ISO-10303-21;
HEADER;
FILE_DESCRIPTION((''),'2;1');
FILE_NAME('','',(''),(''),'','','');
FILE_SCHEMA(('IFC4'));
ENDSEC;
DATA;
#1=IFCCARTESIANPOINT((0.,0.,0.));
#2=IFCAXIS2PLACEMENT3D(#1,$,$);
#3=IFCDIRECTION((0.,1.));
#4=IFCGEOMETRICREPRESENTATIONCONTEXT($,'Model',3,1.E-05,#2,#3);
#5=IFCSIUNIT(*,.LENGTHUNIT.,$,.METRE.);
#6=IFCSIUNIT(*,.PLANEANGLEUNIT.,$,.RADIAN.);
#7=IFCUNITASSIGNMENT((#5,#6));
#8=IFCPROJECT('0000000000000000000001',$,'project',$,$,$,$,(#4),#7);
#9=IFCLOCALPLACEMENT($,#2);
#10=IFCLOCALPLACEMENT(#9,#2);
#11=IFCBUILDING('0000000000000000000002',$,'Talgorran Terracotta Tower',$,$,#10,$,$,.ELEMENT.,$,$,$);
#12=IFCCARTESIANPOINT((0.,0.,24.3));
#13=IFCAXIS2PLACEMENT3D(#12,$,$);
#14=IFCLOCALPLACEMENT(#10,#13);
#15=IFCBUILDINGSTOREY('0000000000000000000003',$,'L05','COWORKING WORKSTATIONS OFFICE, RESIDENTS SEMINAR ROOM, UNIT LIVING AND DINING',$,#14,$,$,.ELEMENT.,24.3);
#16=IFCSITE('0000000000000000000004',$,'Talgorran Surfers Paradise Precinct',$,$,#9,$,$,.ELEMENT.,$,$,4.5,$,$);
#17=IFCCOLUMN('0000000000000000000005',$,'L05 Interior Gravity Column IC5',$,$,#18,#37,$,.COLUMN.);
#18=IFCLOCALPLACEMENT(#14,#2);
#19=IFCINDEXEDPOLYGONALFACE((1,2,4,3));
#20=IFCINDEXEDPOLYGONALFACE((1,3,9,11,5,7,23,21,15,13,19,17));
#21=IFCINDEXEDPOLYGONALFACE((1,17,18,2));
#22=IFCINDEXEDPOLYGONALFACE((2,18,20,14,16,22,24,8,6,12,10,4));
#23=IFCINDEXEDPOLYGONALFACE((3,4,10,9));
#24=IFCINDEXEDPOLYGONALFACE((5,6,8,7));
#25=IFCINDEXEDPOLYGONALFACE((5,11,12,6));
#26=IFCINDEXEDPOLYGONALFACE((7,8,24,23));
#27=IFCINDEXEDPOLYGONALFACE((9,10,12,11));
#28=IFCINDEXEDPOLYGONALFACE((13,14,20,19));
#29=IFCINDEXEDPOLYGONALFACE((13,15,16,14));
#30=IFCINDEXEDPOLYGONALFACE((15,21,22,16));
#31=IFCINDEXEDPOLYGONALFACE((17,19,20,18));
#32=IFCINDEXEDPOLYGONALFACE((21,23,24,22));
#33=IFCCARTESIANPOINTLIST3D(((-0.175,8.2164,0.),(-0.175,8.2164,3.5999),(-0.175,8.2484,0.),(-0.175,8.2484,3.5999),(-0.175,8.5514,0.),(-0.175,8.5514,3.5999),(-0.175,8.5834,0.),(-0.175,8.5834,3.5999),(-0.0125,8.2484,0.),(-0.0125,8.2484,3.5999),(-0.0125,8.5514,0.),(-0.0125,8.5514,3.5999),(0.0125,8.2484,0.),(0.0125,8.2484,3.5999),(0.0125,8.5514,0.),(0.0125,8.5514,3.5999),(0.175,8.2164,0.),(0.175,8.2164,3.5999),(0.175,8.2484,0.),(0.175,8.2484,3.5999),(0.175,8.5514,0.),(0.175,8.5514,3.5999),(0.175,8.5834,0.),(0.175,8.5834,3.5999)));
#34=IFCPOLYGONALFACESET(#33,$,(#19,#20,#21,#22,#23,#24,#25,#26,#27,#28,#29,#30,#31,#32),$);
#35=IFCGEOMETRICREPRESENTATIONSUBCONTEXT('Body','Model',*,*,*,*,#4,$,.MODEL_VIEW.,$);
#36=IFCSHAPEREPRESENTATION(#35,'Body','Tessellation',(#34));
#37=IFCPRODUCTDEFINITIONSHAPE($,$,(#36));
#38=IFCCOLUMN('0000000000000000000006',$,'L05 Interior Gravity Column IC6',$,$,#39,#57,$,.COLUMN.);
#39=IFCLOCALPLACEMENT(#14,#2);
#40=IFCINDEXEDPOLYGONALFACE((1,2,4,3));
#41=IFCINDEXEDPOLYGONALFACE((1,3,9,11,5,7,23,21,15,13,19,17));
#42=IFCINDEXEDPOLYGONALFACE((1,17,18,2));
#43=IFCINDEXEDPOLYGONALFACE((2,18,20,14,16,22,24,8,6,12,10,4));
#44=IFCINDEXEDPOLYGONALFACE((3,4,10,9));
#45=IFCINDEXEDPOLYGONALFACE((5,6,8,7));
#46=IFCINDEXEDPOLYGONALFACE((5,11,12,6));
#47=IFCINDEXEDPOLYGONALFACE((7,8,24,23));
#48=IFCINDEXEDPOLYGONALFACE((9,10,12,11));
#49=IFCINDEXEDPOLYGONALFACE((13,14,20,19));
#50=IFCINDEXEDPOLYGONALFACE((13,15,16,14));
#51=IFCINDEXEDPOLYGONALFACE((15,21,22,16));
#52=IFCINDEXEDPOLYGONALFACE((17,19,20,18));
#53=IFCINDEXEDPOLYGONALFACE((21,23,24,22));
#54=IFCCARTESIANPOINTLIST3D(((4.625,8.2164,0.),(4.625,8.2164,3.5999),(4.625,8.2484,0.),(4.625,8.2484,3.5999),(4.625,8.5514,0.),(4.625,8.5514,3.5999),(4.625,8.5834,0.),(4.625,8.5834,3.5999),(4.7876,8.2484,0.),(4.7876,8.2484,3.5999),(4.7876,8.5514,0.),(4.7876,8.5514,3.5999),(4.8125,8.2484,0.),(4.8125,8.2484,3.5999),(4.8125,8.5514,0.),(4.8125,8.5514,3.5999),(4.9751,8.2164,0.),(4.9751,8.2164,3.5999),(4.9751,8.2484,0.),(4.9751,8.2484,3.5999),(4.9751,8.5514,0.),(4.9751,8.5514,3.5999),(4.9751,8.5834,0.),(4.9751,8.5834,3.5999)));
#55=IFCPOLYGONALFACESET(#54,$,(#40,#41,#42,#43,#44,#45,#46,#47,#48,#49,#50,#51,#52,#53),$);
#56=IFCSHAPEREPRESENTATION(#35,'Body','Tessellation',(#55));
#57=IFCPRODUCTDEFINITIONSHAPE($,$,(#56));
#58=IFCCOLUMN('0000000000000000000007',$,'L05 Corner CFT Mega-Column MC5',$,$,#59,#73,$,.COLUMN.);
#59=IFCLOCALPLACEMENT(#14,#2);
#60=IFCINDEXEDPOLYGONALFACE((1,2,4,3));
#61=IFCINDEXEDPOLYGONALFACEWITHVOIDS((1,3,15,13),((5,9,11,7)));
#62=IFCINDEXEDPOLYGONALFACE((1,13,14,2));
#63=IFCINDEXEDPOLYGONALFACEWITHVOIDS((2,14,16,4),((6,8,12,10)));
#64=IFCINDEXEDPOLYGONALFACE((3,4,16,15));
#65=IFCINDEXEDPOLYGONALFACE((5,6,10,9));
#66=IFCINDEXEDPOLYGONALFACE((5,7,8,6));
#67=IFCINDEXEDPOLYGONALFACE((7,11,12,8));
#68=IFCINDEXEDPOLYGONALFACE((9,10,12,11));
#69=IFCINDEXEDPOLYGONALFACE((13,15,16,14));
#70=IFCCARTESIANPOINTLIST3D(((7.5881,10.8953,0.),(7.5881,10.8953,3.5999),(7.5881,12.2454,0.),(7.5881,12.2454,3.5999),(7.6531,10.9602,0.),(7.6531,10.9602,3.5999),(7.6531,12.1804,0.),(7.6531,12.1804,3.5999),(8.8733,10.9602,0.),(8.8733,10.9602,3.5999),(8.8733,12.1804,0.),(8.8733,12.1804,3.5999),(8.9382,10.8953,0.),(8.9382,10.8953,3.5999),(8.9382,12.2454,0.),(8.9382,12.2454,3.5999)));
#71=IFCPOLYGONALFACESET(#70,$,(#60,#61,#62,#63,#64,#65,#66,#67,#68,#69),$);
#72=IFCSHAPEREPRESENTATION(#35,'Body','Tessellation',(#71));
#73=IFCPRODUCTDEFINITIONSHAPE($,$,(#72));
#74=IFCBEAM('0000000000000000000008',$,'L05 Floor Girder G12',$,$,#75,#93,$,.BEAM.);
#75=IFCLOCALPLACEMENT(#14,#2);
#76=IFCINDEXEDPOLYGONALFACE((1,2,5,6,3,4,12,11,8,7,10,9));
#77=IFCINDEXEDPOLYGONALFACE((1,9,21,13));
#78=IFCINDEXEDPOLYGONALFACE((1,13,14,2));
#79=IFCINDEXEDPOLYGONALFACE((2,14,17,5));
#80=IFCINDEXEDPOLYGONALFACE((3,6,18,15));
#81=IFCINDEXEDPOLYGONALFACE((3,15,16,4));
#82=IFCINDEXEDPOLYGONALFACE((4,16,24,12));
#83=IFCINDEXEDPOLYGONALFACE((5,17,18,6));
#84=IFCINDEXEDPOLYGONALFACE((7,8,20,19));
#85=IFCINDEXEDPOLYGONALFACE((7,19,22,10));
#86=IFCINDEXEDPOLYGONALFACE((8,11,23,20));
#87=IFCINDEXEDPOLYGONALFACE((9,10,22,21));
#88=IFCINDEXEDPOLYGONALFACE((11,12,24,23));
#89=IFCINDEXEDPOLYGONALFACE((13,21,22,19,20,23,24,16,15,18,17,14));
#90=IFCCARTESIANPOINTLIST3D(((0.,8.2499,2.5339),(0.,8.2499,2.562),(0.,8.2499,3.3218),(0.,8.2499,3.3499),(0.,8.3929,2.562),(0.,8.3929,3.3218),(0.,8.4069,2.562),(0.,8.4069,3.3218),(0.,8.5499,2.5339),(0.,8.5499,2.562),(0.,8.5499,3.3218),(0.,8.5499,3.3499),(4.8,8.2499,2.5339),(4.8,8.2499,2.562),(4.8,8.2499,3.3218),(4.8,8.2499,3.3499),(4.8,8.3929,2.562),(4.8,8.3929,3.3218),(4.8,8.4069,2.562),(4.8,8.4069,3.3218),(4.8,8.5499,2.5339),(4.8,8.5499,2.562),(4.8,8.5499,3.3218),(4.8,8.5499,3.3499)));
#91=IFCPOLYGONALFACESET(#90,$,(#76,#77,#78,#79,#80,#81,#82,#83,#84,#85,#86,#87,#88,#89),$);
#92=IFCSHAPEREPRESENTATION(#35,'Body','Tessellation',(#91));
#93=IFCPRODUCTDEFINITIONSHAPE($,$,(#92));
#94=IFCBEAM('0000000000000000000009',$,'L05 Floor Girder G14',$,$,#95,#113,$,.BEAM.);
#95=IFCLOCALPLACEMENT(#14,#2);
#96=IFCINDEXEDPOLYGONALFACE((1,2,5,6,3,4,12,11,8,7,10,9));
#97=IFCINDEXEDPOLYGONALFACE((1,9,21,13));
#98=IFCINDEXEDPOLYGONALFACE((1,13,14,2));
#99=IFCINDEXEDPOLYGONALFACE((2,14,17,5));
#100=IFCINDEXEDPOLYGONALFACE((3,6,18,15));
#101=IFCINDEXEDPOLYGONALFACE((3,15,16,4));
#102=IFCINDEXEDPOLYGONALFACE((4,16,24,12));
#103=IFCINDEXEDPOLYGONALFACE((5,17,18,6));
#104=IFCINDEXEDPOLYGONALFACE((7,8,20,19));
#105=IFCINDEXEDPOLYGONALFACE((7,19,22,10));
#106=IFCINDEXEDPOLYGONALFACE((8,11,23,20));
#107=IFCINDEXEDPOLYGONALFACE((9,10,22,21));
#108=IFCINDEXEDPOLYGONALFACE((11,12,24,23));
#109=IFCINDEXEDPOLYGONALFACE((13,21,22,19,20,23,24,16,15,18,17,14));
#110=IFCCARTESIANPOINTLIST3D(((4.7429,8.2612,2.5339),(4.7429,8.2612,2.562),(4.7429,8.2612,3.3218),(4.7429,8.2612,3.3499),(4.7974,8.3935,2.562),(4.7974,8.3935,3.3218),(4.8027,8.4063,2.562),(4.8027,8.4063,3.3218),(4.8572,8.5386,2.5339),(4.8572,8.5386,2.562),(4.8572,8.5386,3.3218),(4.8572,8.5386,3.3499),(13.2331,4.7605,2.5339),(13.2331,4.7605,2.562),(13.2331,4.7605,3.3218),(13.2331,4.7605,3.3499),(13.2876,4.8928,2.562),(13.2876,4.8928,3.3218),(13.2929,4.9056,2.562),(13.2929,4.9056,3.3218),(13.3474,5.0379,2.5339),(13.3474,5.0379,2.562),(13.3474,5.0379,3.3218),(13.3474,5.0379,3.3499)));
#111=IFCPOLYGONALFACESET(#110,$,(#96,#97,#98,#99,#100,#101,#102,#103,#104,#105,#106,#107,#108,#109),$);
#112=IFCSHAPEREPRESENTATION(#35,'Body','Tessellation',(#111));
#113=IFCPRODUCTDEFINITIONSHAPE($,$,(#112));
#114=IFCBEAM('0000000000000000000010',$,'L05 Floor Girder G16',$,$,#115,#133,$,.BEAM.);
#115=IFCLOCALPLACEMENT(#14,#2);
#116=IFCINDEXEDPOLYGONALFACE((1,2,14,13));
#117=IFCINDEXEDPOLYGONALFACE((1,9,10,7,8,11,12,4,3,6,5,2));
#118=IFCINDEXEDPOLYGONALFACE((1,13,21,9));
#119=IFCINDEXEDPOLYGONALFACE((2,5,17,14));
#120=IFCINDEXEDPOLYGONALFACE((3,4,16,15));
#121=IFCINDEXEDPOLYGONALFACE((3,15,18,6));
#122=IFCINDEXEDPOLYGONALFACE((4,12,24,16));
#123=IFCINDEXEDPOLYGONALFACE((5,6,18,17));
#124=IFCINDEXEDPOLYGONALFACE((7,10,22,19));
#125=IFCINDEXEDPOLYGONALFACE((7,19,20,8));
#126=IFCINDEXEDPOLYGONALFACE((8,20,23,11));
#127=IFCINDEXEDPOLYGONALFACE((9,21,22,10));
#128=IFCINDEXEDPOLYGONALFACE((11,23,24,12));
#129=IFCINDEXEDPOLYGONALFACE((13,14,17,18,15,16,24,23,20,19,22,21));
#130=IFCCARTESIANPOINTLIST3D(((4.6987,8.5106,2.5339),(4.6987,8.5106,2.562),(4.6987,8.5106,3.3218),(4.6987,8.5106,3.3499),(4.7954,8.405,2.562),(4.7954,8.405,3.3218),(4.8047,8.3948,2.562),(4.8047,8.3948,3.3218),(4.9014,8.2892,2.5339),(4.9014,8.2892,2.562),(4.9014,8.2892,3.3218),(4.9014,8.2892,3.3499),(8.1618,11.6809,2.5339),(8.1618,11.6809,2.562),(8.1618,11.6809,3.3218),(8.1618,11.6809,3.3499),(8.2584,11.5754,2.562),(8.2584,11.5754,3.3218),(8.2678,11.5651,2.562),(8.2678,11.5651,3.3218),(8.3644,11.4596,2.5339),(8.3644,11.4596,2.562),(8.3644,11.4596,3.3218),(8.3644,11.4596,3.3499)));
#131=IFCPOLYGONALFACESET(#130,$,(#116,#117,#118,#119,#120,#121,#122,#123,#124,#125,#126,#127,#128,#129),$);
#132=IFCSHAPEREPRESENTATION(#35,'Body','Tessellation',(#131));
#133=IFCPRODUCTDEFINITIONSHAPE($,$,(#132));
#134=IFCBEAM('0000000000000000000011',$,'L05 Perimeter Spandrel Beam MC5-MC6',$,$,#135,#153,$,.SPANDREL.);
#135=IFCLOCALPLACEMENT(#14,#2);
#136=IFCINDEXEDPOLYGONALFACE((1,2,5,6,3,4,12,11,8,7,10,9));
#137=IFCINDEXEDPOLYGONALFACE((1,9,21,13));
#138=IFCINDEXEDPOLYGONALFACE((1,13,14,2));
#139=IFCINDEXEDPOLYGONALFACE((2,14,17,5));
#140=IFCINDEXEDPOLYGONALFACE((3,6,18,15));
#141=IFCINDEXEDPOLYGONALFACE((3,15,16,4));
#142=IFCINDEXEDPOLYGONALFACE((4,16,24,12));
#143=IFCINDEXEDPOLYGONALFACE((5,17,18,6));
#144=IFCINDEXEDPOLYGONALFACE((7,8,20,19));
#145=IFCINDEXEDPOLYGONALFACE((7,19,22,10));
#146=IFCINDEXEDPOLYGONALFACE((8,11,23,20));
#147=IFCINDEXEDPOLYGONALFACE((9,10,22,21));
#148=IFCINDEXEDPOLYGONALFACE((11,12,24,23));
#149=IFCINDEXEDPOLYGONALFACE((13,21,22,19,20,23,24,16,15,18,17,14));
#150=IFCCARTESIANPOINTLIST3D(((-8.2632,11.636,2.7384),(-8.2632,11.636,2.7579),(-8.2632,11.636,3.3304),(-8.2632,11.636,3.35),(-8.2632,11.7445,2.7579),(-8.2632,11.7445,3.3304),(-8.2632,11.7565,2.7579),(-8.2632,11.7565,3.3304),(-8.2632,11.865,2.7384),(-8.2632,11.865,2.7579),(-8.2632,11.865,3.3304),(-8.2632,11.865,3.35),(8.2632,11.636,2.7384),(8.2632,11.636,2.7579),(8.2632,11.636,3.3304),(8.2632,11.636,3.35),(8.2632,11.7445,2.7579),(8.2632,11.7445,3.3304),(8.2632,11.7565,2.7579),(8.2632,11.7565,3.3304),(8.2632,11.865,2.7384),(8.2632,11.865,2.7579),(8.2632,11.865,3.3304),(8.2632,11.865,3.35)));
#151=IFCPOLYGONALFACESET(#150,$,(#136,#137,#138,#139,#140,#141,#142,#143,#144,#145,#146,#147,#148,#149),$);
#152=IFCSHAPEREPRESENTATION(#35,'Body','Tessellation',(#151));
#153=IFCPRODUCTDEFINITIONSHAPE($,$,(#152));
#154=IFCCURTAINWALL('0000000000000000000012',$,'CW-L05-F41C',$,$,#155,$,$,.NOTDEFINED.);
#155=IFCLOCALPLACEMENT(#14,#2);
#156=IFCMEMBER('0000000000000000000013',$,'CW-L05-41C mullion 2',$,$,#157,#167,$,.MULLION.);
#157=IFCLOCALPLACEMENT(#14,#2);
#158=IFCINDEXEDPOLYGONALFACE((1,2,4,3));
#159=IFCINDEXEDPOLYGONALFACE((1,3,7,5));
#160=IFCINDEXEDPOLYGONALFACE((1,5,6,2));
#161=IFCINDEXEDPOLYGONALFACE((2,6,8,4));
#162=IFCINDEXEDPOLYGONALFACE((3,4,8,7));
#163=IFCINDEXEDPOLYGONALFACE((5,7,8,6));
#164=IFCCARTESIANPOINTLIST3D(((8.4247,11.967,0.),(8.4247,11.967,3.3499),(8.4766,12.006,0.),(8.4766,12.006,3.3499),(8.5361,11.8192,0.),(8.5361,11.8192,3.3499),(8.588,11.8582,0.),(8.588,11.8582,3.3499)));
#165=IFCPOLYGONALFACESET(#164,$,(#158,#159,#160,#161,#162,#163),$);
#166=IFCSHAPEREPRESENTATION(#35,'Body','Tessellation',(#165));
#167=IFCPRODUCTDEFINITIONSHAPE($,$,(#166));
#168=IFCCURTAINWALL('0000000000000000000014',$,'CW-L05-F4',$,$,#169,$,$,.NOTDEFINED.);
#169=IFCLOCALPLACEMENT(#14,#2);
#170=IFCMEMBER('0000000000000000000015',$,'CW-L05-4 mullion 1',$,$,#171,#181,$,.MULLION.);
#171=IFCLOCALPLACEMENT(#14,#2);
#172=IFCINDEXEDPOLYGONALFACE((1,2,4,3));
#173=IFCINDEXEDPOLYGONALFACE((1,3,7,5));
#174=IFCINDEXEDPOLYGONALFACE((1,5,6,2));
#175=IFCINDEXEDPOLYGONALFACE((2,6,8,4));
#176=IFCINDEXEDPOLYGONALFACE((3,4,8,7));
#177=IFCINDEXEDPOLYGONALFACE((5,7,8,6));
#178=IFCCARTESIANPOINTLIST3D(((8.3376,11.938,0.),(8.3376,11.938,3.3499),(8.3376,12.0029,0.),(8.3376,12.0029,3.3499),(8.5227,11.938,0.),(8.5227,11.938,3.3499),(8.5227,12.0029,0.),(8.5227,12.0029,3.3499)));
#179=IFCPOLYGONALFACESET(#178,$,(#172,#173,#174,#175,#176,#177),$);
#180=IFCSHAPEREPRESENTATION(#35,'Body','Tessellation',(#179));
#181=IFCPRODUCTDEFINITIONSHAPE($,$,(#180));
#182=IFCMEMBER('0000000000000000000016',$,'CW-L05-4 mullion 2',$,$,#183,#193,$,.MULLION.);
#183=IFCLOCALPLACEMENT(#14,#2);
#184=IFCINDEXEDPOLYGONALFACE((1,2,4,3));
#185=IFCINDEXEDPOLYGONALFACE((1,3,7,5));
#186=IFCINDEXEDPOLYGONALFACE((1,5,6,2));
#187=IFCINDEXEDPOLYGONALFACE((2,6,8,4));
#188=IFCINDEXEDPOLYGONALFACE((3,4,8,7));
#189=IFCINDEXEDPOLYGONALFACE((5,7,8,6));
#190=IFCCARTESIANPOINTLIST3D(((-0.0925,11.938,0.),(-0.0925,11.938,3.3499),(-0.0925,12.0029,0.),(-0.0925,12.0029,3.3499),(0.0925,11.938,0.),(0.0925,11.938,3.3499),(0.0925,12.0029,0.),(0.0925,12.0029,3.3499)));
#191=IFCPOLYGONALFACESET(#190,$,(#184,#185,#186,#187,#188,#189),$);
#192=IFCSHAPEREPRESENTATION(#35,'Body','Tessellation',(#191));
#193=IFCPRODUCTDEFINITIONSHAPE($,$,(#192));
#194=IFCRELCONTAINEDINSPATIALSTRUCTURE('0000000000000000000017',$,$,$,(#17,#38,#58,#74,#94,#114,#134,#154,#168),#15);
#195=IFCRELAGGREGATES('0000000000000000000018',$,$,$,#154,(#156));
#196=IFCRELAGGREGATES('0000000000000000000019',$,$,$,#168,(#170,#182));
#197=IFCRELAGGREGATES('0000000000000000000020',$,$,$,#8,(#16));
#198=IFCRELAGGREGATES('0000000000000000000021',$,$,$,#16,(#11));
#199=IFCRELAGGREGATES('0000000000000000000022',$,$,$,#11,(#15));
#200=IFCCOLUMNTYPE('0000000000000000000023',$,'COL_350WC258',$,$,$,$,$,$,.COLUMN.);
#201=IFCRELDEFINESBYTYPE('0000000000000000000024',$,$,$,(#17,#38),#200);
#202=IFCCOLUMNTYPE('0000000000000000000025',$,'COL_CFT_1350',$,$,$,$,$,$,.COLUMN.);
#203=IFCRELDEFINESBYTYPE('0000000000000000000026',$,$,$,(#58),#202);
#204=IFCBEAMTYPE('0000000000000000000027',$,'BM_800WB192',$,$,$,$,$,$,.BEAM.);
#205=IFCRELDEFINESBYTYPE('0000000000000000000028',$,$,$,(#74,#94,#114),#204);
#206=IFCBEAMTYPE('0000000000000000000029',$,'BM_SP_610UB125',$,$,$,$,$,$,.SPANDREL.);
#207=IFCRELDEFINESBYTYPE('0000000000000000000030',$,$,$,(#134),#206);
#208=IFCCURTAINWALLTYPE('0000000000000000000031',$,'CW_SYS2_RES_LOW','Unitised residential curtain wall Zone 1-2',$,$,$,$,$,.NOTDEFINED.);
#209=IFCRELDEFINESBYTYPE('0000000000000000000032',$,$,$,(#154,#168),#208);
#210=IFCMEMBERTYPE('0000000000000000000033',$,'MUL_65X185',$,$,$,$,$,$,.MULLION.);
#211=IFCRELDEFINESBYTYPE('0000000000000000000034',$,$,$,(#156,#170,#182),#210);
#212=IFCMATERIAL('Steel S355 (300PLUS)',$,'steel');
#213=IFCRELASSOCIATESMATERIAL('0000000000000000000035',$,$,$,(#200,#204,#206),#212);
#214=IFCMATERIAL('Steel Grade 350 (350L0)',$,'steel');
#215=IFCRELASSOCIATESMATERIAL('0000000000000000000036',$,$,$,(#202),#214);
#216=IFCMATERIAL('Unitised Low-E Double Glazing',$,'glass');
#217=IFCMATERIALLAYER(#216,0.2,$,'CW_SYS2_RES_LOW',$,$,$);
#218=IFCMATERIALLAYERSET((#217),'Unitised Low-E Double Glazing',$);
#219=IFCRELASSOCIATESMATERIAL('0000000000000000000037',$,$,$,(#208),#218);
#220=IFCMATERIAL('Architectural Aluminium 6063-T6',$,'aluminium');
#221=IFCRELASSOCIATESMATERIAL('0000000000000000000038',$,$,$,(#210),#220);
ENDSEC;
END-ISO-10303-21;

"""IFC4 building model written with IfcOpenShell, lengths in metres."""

from ifc_helpers import new_model, si_unit, direction, frame, origin, origin_2d, place, context, subcontext, project, spatial, rectangle, hollow_rectangle, i_section, extrude, material, layer, layer_set, material_profile, profile_set, type_object, element, aggregate, save


model = new_model("IFC4")

# Units and contexts
model_context = context("Model", 3, precision=1e-05, world=origin(), true_north=direction((0.0, 1.0)))
body_context = subcontext(model_context, "Body", "Model", "MODEL_VIEW")
ifc_project = project(units=[si_unit("LENGTHUNIT", "METRE"), si_unit("PLANEANGLEUNIT", "RADIAN")], contexts=[model_context])

# Site, building, storey
site_placement = place(None, origin())
site = spatial("IfcSite", under=ifc_project, at=site_placement, Name="Talgorran Surfers Paradise Precinct", CompositionType="ELEMENT", RefElevation=4.5)
building_placement = place(site_placement, origin())
building = spatial("IfcBuilding", under=site, at=building_placement, Name="Talgorran Terracotta Tower", CompositionType="ELEMENT")
storey_placement = place(building_placement, frame((0.0, 0.0, 24.3)))
storey = spatial("IfcBuildingStorey", under=building, at=storey_placement, Name="L05", Description="COWORKING WORKSTATIONS OFFICE, RESIDENTS SEMINAR ROOM, UNIT LIVING AND DINING", CompositionType="ELEMENT", Elevation=24.3)

# Columns
ifc_material_1 = material(Name="Steel S355 (300PLUS)", Category="steel")
ifc_material_profile_1 = material_profile(ifc_material_1, i_section(OverallWidth=0.3501, OverallDepth=0.3669, WebThickness=0.0249, FlangeThickness=0.032, at=origin_2d()), Name="350WC258")
ifc_profile_set_1 = profile_set([ifc_material_profile_1], Name="Steel S355 (300PLUS)")
column_type_1 = type_object("IfcColumnType", Name="COL_350WC258", PredefinedType="COLUMN", material=ifc_profile_set_1)
for number, where, z_axis, x_axis, name in (
    (1, (0.0, 8.3999, 0.0), (0.0, 0.0, 1.0), (1.0, 0.0, 0.0), "L05 Interior Gravity Column IC5"),
    (2, (4.8, 8.3999, 0.0), (0.0, 0.0, 1.0), (1.0, 0.0, 0.0), "L05 Interior Gravity Column IC6"),
):
    element("IfcColumn", number, at=place(storey_placement, frame(where, z_axis=z_axis, x_axis=x_axis)), inside=storey, type_object=column_type_1, Name=name, PredefinedType="COLUMN", context=body_context, shape_type="SweptSolid", body=[
        extrude(i_section(OverallWidth=0.3501, OverallDepth=0.3669, WebThickness=0.0249, FlangeThickness=0.032, at=origin_2d()), origin(), (0.0, 0.0, 1.0), 3.5999),
    ])
ifc_material_2 = material(Name="Steel Grade 350 (350L0)", Category="steel")
ifc_material_profile_2 = material_profile(ifc_material_2, hollow_rectangle(XDim=1.3501, YDim=1.3501, WallThickness=0.0649, at=origin_2d()), Name="CFT1350X1350X65")
ifc_profile_set_2 = profile_set([ifc_material_profile_2], Name="Steel Grade 350 (350L0)")
column_type_2 = type_object("IfcColumnType", Name="COL_CFT_1350", PredefinedType="COLUMN", material=ifc_profile_set_2)
column_placement = place(storey_placement, frame((8.2632, 11.5703, 0.0), z_axis=(0.0, 0.0, 1.0), x_axis=(1.0, 0.0, 0.0)))
element("IfcColumn", 3, at=column_placement, inside=storey, type_object=column_type_2, Name="L05 Corner CFT Mega-Column MC5", PredefinedType="COLUMN", context=body_context, shape_type="SweptSolid", body=[
    extrude(hollow_rectangle(XDim=1.3501, YDim=1.3501, WallThickness=0.0649, at=origin_2d()), origin(), (0.0, 0.0, 1.0), 3.5999),
])

# Beams
ifc_material_profile_3 = material_profile(ifc_material_1, i_section(OverallWidth=0.3, OverallDepth=0.8159, WebThickness=0.0139, FlangeThickness=0.0281, at=origin_2d()), Name="800WB192")
ifc_profile_set_3 = profile_set([ifc_material_profile_3], Name="Steel S355 (300PLUS)")
beam_type_1 = type_object("IfcBeamType", Name="BM_800WB192", PredefinedType="BEAM", material=ifc_profile_set_3)
beam_1_placement = place(storey_placement, frame((0.0, 8.3999, 2.9419), z_axis=(1.0, 0.0, 0.0), x_axis=(0.0, 1.0, 0.0)))
element("IfcBeam", 4, at=beam_1_placement, inside=storey, type_object=beam_type_1, Name="L05 Floor Girder G12", PredefinedType="BEAM", context=body_context, shape_type="SweptSolid", body=[
    extrude(i_section(OverallWidth=0.3, OverallDepth=0.8159, WebThickness=0.0139, FlangeThickness=0.0281, at=origin_2d()), origin(), (0.0, 0.0, 1.0), 4.8),
])
beam_2_placement = place(storey_placement, frame((4.8, 8.3999, 2.9419), z_axis=(0.924496, -0.381192, 0.0), x_axis=(0.381192, 0.924496, 0.0)))
element("IfcBeam", 5, at=beam_2_placement, inside=storey, type_object=beam_type_1, Name="L05 Floor Girder G14", PredefinedType="BEAM", context=body_context, shape_type="SweptSolid", body=[
    extrude(i_section(OverallWidth=0.3, OverallDepth=0.8159, WebThickness=0.0139, FlangeThickness=0.0281, at=origin_2d()), origin(), (0.0, 0.0, 1.0), 9.1836),
])
beam_3_placement = place(storey_placement, frame((4.8, 8.3999, 2.9419), z_axis=(0.737592, 0.675246, 0.0), x_axis=(-0.675246, 0.737592, 0.0)))
element("IfcBeam", 6, at=beam_3_placement, inside=storey, type_object=beam_type_1, Name="L05 Floor Girder G16", PredefinedType="BEAM", context=body_context, shape_type="SweptSolid", body=[
    extrude(i_section(OverallWidth=0.3, OverallDepth=0.8159, WebThickness=0.0139, FlangeThickness=0.0281, at=origin_2d()), origin(), (0.0, 0.0, 1.0), 4.6951),
])
ifc_material_profile_4 = material_profile(ifc_material_1, i_section(OverallWidth=0.229, OverallDepth=0.6116, WebThickness=0.012, FlangeThickness=0.0195, at=origin_2d()), Name="610UB125")
ifc_profile_set_4 = profile_set([ifc_material_profile_4], Name="Steel S355 (300PLUS)")
beam_type_2 = type_object("IfcBeamType", Name="BM_SP_610UB125", PredefinedType="SPANDREL", material=ifc_profile_set_4)
beam_4_placement = place(storey_placement, frame((8.2632, 11.7505, 3.0442), z_axis=(-1.0, 0.0, 0.0), x_axis=(0.0, -1.0, 0.0)))
element("IfcBeam", 7, at=beam_4_placement, inside=storey, type_object=beam_type_2, Name="L05 Perimeter Spandrel Beam MC5-MC6", PredefinedType="SPANDREL", context=body_context, shape_type="SweptSolid", body=[
    extrude(i_section(OverallWidth=0.229, OverallDepth=0.6116, WebThickness=0.012, FlangeThickness=0.0195, at=origin_2d()), origin(), (0.0, 0.0, 1.0), 16.5264),
])

# Curtain wall, member
ifc_material_3 = material(Name="Unitised Low-E Double Glazing", Category="glass")
ifc_layer_1 = layer(ifc_material_3, 0.2, Name="CW_SYS2_RES_LOW")
ifc_layer_set_1 = layer_set([ifc_layer_1], Name="Unitised Low-E Double Glazing")
curtain_wall_type = type_object("IfcCurtainWallType", Name="CW_SYS2_RES_LOW", Description="Unitised residential curtain wall Zone 1-2", PredefinedType="NOTDEFINED", material=ifc_layer_set_1)
curtain_wall_1_placement = place(storey_placement, origin())
curtain_wall_1 = element("IfcCurtainWall", 8, at=curtain_wall_1_placement, inside=storey, type_object=curtain_wall_type, Name="CW-L05-F41C", PredefinedType="NOTDEFINED")
ifc_material_4 = material(Name="Architectural Aluminium 6063-T6", Category="aluminium")
ifc_material_profile_5 = material_profile(ifc_material_4, rectangle(XDim=0.0649, YDim=0.1851, at=origin_2d()), Name="CWM65X185")
ifc_profile_set_5 = profile_set([ifc_material_profile_5], Name="Architectural Aluminium 6063-T6")
member_type_1 = type_object("IfcMemberType", Name="MUL_65X185", PredefinedType="MULLION", material=ifc_profile_set_5)
member_1_placement = place(storey_placement, frame((8.5063, 11.9126, 0.0), z_axis=(0.0, 0.0, 1.0), x_axis=(-0.798648, -0.601798, 0.0)))
member_1 = element("IfcMember", 9, at=member_1_placement, type_object=member_type_1, Name="CW-L05-41C mullion 2", PredefinedType="MULLION", context=body_context, shape_type="SweptSolid", body=[
    extrude(rectangle(XDim=0.0649, YDim=0.1851, at=origin_2d()), origin(), (0.0, 0.0, 1.0), 3.3499),
])
aggregate(curtain_wall_1, [member_1])

# Curtain wall, members
curtain_wall_2_placement = place(storey_placement, origin())
curtain_wall_2 = element("IfcCurtainWall", 10, at=curtain_wall_2_placement, inside=storey, type_object=curtain_wall_type, Name="CW-L05-F4", PredefinedType="NOTDEFINED")
member_2_placement = place(storey_placement, frame((8.4302, 11.9705, 0.0), z_axis=(0.0, 0.0, 1.0), x_axis=(0.0, -1.0, 0.0)))
member_2 = element("IfcMember", 11, at=member_2_placement, type_object=member_type_1, Name="CW-L05-4 mullion 1", PredefinedType="MULLION", context=body_context, shape_type="SweptSolid", body=[
    extrude(rectangle(XDim=0.0649, YDim=0.1851, at=origin_2d()), origin(), (0.0, 0.0, 1.0), 3.3499),
])
member_3_placement = place(storey_placement, frame((0.0, 11.9705, 0.0), z_axis=(0.0, 0.0, 1.0), x_axis=(0.0, -1.0, 0.0)))
member_3 = element("IfcMember", 12, at=member_3_placement, type_object=member_type_1, Name="CW-L05-4 mullion 2", PredefinedType="MULLION", context=body_context, shape_type="SweptSolid", body=[
    extrude(rectangle(XDim=0.0649, YDim=0.1851, at=origin_2d()), origin(), (0.0, 0.0, 1.0), 3.3499),
])
aggregate(curtain_wall_2, [member_2, member_3])

save(model, "model.ifc")
